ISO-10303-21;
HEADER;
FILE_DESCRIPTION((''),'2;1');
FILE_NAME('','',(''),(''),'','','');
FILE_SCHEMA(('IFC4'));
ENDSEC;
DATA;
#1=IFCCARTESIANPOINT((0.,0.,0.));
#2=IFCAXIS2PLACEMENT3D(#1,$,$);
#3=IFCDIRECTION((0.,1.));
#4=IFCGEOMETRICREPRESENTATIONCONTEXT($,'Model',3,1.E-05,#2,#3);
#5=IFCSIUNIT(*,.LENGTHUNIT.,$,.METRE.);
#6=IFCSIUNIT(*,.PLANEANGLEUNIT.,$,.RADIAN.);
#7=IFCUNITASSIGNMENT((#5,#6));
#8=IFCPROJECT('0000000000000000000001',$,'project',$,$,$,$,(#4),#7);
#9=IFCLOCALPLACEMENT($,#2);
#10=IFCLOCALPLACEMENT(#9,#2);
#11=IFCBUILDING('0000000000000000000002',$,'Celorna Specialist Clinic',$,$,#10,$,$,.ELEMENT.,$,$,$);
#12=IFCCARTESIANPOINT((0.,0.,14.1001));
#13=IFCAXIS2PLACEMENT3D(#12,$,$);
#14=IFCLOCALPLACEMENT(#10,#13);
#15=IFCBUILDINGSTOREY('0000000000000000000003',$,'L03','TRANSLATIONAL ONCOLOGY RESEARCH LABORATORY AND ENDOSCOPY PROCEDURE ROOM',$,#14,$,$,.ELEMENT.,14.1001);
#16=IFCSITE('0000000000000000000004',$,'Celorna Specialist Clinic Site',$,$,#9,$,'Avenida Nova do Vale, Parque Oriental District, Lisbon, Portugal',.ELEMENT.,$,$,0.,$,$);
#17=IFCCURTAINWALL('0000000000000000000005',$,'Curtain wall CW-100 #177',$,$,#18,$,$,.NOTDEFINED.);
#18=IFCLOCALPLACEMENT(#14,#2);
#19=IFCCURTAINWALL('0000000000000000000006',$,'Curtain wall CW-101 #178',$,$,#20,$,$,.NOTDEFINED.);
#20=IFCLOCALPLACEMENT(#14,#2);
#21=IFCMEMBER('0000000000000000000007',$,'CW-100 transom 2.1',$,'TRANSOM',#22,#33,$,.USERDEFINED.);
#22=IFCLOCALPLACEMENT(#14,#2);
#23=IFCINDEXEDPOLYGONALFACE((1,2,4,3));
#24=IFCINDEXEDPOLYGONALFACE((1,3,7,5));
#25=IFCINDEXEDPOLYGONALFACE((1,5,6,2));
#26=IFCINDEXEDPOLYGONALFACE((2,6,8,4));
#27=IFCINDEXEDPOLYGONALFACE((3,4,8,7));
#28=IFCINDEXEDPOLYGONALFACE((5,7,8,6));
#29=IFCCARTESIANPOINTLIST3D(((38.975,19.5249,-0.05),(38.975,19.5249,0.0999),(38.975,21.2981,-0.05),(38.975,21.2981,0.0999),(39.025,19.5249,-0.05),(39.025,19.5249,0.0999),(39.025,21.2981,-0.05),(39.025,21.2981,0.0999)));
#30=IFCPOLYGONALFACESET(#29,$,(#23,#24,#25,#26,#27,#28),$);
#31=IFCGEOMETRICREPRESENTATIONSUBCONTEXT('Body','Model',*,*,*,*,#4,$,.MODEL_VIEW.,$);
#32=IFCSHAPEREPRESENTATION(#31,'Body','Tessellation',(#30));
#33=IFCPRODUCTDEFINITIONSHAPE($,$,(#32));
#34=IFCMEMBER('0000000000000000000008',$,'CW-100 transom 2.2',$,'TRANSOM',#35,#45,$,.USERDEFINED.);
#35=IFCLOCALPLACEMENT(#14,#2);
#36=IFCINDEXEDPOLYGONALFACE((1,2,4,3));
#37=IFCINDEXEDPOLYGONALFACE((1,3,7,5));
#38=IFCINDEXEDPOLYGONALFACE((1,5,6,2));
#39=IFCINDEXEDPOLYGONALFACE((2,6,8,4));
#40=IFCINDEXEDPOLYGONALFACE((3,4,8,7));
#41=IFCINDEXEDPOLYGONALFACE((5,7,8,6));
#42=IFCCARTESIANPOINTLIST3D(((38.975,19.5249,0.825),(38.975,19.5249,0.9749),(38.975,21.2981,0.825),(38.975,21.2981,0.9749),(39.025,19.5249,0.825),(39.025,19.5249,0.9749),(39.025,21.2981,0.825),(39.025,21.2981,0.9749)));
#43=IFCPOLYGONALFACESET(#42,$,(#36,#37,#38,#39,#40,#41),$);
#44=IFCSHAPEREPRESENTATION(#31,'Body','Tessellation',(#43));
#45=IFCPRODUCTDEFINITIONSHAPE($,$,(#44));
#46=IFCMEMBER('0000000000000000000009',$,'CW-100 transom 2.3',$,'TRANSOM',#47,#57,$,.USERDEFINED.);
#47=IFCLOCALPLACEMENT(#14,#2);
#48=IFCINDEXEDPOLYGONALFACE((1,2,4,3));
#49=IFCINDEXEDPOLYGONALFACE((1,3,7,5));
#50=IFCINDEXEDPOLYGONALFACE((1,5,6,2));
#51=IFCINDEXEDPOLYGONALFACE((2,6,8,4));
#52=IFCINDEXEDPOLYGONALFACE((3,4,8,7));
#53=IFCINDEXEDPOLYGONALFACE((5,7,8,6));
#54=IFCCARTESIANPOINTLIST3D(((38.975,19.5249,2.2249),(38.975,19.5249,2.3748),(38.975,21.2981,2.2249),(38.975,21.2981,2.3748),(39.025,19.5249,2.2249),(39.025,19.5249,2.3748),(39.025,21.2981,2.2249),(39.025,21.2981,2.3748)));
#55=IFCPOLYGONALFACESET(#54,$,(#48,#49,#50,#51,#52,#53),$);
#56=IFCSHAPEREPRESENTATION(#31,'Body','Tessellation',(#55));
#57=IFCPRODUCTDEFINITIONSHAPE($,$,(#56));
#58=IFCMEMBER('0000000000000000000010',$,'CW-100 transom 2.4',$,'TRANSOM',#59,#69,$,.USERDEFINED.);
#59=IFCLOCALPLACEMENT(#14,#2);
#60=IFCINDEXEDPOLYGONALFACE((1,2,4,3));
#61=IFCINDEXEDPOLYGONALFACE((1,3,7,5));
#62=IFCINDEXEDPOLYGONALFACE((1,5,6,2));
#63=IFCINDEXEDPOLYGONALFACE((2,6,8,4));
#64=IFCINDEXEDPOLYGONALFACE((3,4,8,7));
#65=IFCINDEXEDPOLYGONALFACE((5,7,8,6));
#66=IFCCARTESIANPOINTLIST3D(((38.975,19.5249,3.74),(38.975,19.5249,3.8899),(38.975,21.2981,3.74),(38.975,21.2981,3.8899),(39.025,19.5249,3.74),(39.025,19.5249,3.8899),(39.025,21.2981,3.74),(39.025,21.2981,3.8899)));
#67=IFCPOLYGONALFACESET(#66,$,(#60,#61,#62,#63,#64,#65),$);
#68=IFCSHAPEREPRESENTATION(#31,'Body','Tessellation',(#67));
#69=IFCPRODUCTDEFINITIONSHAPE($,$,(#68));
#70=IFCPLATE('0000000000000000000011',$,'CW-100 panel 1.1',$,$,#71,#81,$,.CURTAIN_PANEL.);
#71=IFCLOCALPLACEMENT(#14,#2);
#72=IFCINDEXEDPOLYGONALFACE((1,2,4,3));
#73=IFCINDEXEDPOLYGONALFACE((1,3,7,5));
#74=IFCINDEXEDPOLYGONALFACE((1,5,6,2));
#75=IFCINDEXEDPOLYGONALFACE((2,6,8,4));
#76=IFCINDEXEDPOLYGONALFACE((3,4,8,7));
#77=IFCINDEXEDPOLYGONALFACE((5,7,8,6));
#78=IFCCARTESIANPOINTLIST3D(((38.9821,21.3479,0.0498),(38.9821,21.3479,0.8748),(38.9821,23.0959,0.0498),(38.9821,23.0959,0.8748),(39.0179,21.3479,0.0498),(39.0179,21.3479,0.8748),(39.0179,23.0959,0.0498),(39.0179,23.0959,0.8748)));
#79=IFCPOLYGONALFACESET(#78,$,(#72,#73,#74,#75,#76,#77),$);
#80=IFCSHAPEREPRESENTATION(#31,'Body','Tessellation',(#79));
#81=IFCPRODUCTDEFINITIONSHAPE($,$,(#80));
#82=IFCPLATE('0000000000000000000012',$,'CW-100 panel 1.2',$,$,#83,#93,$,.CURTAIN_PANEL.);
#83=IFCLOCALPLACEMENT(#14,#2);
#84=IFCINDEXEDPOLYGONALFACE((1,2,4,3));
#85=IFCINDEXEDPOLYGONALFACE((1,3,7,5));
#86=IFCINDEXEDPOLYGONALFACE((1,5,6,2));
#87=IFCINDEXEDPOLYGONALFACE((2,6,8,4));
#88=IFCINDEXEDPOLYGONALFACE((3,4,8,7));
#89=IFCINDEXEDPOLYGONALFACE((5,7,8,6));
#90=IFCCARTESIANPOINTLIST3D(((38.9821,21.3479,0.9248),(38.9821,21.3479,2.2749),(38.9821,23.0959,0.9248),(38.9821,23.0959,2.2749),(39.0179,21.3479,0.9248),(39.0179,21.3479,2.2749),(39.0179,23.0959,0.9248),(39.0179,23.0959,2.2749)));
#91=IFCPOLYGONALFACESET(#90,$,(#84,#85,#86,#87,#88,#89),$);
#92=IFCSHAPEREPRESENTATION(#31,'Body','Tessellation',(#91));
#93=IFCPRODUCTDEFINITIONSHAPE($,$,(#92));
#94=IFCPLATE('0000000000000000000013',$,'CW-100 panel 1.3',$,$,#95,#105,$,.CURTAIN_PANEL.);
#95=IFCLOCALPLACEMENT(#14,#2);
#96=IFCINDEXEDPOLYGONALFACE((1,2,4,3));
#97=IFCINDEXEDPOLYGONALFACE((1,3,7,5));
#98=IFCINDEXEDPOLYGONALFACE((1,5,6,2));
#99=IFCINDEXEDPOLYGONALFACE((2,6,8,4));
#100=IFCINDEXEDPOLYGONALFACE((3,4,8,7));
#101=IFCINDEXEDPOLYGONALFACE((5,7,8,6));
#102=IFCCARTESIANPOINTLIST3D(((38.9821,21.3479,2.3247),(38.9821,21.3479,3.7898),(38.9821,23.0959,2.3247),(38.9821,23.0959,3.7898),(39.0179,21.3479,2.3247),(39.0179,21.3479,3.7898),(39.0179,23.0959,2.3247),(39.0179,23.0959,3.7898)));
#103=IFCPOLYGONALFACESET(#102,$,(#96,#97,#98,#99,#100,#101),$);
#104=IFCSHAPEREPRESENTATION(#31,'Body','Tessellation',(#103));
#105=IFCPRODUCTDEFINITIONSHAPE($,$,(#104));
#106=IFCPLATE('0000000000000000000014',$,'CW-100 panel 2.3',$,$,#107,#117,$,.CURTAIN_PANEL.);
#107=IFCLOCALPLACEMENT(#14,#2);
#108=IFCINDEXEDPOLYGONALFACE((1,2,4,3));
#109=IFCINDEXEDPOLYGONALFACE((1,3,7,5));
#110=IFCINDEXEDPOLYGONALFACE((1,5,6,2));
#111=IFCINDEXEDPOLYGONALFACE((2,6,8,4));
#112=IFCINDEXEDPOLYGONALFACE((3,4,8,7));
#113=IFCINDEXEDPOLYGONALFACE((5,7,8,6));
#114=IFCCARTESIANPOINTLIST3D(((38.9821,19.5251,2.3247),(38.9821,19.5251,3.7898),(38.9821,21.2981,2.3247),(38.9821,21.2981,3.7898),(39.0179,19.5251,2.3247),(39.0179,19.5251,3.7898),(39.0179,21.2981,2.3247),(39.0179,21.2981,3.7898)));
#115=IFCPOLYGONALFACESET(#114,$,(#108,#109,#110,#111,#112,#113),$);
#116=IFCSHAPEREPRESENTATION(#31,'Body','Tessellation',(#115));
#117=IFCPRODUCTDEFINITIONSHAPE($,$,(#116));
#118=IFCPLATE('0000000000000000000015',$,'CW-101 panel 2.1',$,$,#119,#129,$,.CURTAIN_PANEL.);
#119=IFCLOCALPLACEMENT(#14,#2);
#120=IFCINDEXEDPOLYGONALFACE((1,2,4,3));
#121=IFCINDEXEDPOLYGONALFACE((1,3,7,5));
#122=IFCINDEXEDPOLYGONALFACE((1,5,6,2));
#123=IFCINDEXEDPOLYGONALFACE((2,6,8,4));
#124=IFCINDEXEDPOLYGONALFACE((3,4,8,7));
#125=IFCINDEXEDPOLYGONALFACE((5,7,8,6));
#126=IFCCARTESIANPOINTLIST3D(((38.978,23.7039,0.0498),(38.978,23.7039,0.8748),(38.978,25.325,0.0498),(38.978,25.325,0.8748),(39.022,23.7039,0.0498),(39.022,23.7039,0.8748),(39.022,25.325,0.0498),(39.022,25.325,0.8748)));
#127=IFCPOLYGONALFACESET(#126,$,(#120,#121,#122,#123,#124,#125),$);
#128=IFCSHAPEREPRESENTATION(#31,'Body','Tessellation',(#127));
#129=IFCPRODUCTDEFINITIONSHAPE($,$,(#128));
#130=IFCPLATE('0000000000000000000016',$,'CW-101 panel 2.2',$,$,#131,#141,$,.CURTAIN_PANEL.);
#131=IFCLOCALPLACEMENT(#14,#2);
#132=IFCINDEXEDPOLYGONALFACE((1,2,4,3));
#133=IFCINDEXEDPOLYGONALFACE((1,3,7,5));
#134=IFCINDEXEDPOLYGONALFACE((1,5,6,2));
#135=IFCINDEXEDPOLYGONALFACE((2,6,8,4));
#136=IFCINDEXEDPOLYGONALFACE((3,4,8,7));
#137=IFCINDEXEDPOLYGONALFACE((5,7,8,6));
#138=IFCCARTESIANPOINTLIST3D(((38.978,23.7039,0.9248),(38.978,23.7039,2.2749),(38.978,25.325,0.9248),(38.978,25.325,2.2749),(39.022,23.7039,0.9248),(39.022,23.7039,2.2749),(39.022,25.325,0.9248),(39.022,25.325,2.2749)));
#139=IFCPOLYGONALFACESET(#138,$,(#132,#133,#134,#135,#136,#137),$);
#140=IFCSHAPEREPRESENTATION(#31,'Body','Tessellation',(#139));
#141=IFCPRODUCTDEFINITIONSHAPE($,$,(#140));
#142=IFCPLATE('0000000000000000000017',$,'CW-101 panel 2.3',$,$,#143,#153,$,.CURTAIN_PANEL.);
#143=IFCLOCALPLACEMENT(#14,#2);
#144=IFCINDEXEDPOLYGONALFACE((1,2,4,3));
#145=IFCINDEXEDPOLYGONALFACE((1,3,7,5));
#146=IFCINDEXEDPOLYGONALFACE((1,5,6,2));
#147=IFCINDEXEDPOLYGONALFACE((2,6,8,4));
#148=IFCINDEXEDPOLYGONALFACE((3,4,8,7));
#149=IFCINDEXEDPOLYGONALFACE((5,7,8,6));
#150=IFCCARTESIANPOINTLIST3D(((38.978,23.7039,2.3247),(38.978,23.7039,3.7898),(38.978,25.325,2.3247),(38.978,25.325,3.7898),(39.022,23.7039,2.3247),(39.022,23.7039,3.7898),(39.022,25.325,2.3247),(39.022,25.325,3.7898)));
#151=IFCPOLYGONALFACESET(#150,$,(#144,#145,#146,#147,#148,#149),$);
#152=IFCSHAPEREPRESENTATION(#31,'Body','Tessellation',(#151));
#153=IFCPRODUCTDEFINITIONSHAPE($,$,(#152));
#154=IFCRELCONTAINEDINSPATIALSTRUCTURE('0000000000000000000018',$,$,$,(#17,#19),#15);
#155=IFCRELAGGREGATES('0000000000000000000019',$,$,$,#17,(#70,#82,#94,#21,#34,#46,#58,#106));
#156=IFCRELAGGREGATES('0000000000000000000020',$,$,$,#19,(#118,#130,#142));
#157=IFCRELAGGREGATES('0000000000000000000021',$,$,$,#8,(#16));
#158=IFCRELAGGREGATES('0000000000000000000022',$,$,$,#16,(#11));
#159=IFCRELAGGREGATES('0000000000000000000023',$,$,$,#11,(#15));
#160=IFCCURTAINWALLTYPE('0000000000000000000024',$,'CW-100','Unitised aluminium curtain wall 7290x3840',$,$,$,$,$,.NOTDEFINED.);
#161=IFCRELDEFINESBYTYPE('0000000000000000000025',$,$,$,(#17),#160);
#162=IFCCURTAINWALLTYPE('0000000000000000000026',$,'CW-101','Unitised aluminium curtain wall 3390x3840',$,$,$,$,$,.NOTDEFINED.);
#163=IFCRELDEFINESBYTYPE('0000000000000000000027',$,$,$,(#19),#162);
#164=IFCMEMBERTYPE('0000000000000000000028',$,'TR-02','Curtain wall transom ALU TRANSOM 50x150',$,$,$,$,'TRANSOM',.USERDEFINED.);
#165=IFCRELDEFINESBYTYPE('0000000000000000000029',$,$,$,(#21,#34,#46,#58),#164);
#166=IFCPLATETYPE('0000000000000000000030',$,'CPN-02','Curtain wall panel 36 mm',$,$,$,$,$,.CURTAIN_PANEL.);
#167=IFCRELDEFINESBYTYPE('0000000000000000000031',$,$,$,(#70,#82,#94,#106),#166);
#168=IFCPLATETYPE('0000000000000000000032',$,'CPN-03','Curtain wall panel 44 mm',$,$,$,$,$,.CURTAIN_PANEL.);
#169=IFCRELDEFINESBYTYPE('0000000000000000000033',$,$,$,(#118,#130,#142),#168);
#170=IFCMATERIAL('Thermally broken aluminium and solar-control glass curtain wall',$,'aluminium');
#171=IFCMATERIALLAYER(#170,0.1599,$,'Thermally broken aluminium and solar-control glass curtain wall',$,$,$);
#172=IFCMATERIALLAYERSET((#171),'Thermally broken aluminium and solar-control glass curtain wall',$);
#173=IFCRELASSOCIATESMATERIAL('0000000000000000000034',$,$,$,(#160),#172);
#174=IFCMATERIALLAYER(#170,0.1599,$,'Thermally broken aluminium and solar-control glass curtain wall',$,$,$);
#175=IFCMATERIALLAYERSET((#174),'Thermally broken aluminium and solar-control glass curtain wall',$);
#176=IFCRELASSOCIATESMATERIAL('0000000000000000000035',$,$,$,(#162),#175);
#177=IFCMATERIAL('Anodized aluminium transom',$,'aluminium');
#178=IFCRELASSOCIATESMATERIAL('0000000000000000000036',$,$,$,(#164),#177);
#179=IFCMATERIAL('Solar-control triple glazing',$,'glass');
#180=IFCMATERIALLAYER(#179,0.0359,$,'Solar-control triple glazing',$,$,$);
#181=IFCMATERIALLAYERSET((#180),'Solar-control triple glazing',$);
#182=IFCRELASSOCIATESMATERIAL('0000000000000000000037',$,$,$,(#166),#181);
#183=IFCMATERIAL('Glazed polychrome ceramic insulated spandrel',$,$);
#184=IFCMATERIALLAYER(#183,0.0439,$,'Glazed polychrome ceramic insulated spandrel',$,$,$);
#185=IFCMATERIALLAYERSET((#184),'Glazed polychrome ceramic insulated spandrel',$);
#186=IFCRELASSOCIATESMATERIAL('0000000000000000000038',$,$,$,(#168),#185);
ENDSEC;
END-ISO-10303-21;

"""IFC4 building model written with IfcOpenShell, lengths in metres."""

from ifc_helpers import new_model, si_unit, direction, frame, origin, origin_2d, place, context, subcontext, project, spatial, rectangle, extrude, material, layer, layer_set, material_profile, profile_set, type_object, element, aggregate, save


model = new_model("IFC4")

# Units and contexts
model_context = context("Model", 3, precision=1e-05, world=origin(), true_north=direction((0.0, 1.0)))
body_context = subcontext(model_context, "Body", "Model", "MODEL_VIEW")
ifc_project = project(units=[si_unit("LENGTHUNIT", "METRE"), si_unit("PLANEANGLEUNIT", "RADIAN")], contexts=[model_context])

# Site, building, storey
site_placement = place(None, origin())
site = spatial("IfcSite", under=ifc_project, at=site_placement, Name="Celorna Specialist Clinic Site", LongName="Avenida Nova do Vale, Parque Oriental District, Lisbon, Portugal", CompositionType="ELEMENT", RefElevation=0.0)
building_placement = place(site_placement, origin())
building = spatial("IfcBuilding", under=site, at=building_placement, Name="Celorna Specialist Clinic", CompositionType="ELEMENT")
storey_placement = place(building_placement, frame((0.0, 0.0, 14.1001)))
storey = spatial("IfcBuildingStorey", under=building, at=storey_placement, Name="L03", Description="TRANSLATIONAL ONCOLOGY RESEARCH LABORATORY AND ENDOSCOPY PROCEDURE ROOM", CompositionType="ELEMENT", Elevation=14.1001)

# Curtain walls
ifc_material_1 = material(Name="Thermally broken aluminium and solar-control glass curtain wall", Category="aluminium")
ifc_layer_1 = layer(ifc_material_1, 0.1599, Name="Thermally broken aluminium and solar-control glass curtain wall")
ifc_layer_set_1 = layer_set([ifc_layer_1], Name="Thermally broken aluminium and solar-control glass curtain wall")
curtain_wall_type_1 = type_object("IfcCurtainWallType", Name="CW-100", Description="Unitised aluminium curtain wall 7290x3840", PredefinedType="NOTDEFINED", material=ifc_layer_set_1)
curtain_wall_1_placement = place(storey_placement, origin())
curtain_wall_1 = element("IfcCurtainWall", 1, at=curtain_wall_1_placement, inside=storey, type_object=curtain_wall_type_1, Name="Curtain wall CW-100 #177", PredefinedType="NOTDEFINED")
ifc_layer_2 = layer(ifc_material_1, 0.1599, Name="Thermally broken aluminium and solar-control glass curtain wall")
ifc_layer_set_2 = layer_set([ifc_layer_2], Name="Thermally broken aluminium and solar-control glass curtain wall")
curtain_wall_type_2 = type_object("IfcCurtainWallType", Name="CW-101", Description="Unitised aluminium curtain wall 3390x3840", PredefinedType="NOTDEFINED", material=ifc_layer_set_2)
curtain_wall_2_placement = place(storey_placement, origin())
curtain_wall_2 = element("IfcCurtainWall", 2, at=curtain_wall_2_placement, inside=storey, type_object=curtain_wall_type_2, Name="Curtain wall CW-101 #178", PredefinedType="NOTDEFINED")
ifc_material_2 = material(Name="Anodized aluminium transom", Category="aluminium")

# Members
ifc_material_profile_1 = material_profile(ifc_material_2, rectangle(XDim=0.05, YDim=0.1499, at=origin_2d()), Name="ALU TRANSOM 50x150")
ifc_profile_set_1 = profile_set([ifc_material_profile_1], Name="Anodized aluminium transom")
member_type_1 = type_object("IfcMemberType", Name="TR-02", Description="Curtain wall transom ALU TRANSOM 50x150", ElementType="TRANSOM", PredefinedType="USERDEFINED", material=ifc_profile_set_1)
member_1_placement = place(storey_placement, frame((39.0, 21.2981, 0.0249), z_axis=(0.0, -1.0, 0.0), x_axis=(1.0, 0.0, 0.0)))
member_1 = element("IfcMember", 3, at=member_1_placement, type_object=member_type_1, Name="CW-100 transom 2.1", ObjectType="TRANSOM", PredefinedType="USERDEFINED", context=body_context, shape_type="SweptSolid", body=[
    extrude(rectangle(XDim=0.05, YDim=0.1499, at=origin_2d()), origin(), (0.0, 0.0, 1.0), 1.7732),
])
member_2_placement = place(storey_placement, frame((39.0, 21.2981, 0.8999), z_axis=(0.0, -1.0, 0.0), x_axis=(1.0, 0.0, 0.0)))
member_2 = element("IfcMember", 4, at=member_2_placement, type_object=member_type_1, Name="CW-100 transom 2.2", ObjectType="TRANSOM", PredefinedType="USERDEFINED", context=body_context, shape_type="SweptSolid", body=[
    extrude(rectangle(XDim=0.05, YDim=0.1499, at=origin_2d()), origin(), (0.0, 0.0, 1.0), 1.7732),
])
member_3_placement = place(storey_placement, frame((39.0, 21.2981, 2.2998), z_axis=(0.0, -1.0, 0.0), x_axis=(1.0, 0.0, 0.0)))
member_3 = element("IfcMember", 5, at=member_3_placement, type_object=member_type_1, Name="CW-100 transom 2.3", ObjectType="TRANSOM", PredefinedType="USERDEFINED", context=body_context, shape_type="SweptSolid", body=[
    extrude(rectangle(XDim=0.05, YDim=0.1499, at=origin_2d()), origin(), (0.0, 0.0, 1.0), 1.7732),
])
member_4_placement = place(storey_placement, frame((39.0, 21.2981, 3.8149), z_axis=(0.0, -1.0, 0.0), x_axis=(1.0, 0.0, 0.0)))
member_4 = element("IfcMember", 6, at=member_4_placement, type_object=member_type_1, Name="CW-100 transom 2.4", ObjectType="TRANSOM", PredefinedType="USERDEFINED", context=body_context, shape_type="SweptSolid", body=[
    extrude(rectangle(XDim=0.05, YDim=0.1499, at=origin_2d()), origin(), (0.0, 0.0, 1.0), 1.7732),
])

# Plates
ifc_material_3 = material(Name="Solar-control triple glazing", Category="glass")
ifc_layer_3 = layer(ifc_material_3, 0.0359, Name="Solar-control triple glazing")
ifc_layer_set_3 = layer_set([ifc_layer_3], Name="Solar-control triple glazing")
plate_type_1 = type_object("IfcPlateType", Name="CPN-02", Description="Curtain wall panel 36 mm", PredefinedType="CURTAIN_PANEL", material=ifc_layer_set_3)
plate_1_placement = place(storey_placement, frame((39.0, 22.2219, 0.0498), z_axis=(0.0, 0.0, 1.0), x_axis=(0.0, -1.0, 0.0)))
plate_1 = element("IfcPlate", 7, at=plate_1_placement, type_object=plate_type_1, Name="CW-100 panel 1.1", PredefinedType="CURTAIN_PANEL", context=body_context, shape_type="SweptSolid", body=[
    extrude(rectangle(XDim=1.748, YDim=0.0359, at=origin_2d()), origin(), (0.0, 0.0, 1.0), 0.825),
])
plate_2_placement = place(storey_placement, frame((39.0, 22.2219, 0.9248), z_axis=(0.0, 0.0, 1.0), x_axis=(0.0, -1.0, 0.0)))
plate_2 = element("IfcPlate", 8, at=plate_2_placement, type_object=plate_type_1, Name="CW-100 panel 1.2", PredefinedType="CURTAIN_PANEL", context=body_context, shape_type="SweptSolid", body=[
    extrude(rectangle(XDim=1.748, YDim=0.0359, at=origin_2d()), origin(), (0.0, 0.0, 1.0), 1.3501),
])
plate_3_placement = place(storey_placement, frame((39.0, 22.2219, 2.3247), z_axis=(0.0, 0.0, 1.0), x_axis=(0.0, -1.0, 0.0)))
plate_3 = element("IfcPlate", 9, at=plate_3_placement, type_object=plate_type_1, Name="CW-100 panel 1.3", PredefinedType="CURTAIN_PANEL", context=body_context, shape_type="SweptSolid", body=[
    extrude(rectangle(XDim=1.748, YDim=0.0359, at=origin_2d()), origin(), (0.0, 0.0, 1.0), 1.4651),
])
plate_4_placement = place(storey_placement, frame((39.0, 20.4116, 2.3247), z_axis=(0.0, 0.0, 1.0), x_axis=(0.0, -1.0, 0.0)))
plate_4 = element("IfcPlate", 10, at=plate_4_placement, type_object=plate_type_1, Name="CW-100 panel 2.3", PredefinedType="CURTAIN_PANEL", context=body_context, shape_type="SweptSolid", body=[
    extrude(rectangle(XDim=1.7729, YDim=0.0359, at=origin_2d()), origin(), (0.0, 0.0, 1.0), 1.4651),
])
aggregate(curtain_wall_1, [plate_1, plate_2, plate_3, member_1, member_2, member_3, member_4, plate_4])
ifc_material_4 = material(Name="Glazed polychrome ceramic insulated spandrel")
ifc_layer_4 = layer(ifc_material_4, 0.0439, Name="Glazed polychrome ceramic insulated spandrel")
ifc_layer_set_4 = layer_set([ifc_layer_4], Name="Glazed polychrome ceramic insulated spandrel")
plate_type_2 = type_object("IfcPlateType", Name="CPN-03", Description="Curtain wall panel 44 mm", PredefinedType="CURTAIN_PANEL", material=ifc_layer_set_4)
plate_5_placement = place(storey_placement, frame((39.0, 24.5144, 0.0498), z_axis=(0.0, 0.0, 1.0), x_axis=(0.0, -1.0, 0.0)))
plate_5 = element("IfcPlate", 11, at=plate_5_placement, type_object=plate_type_2, Name="CW-101 panel 2.1", PredefinedType="CURTAIN_PANEL", context=body_context, shape_type="SweptSolid", body=[
    extrude(rectangle(XDim=1.6211, YDim=0.0439, at=origin_2d()), origin(), (0.0, 0.0, 1.0), 0.825),
])
plate_6_placement = place(storey_placement, frame((39.0, 24.5144, 0.9248), z_axis=(0.0, 0.0, 1.0), x_axis=(0.0, -1.0, 0.0)))
plate_6 = element("IfcPlate", 12, at=plate_6_placement, type_object=plate_type_2, Name="CW-101 panel 2.2", PredefinedType="CURTAIN_PANEL", context=body_context, shape_type="SweptSolid", body=[
    extrude(rectangle(XDim=1.6211, YDim=0.0439, at=origin_2d()), origin(), (0.0, 0.0, 1.0), 1.3501),
])
plate_7_placement = place(storey_placement, frame((39.0, 24.5144, 2.3247), z_axis=(0.0, 0.0, 1.0), x_axis=(0.0, -1.0, 0.0)))
plate_7 = element("IfcPlate", 13, at=plate_7_placement, type_object=plate_type_2, Name="CW-101 panel 2.3", PredefinedType="CURTAIN_PANEL", context=body_context, shape_type="SweptSolid", body=[
    extrude(rectangle(XDim=1.6211, YDim=0.0439, at=origin_2d()), origin(), (0.0, 0.0, 1.0), 1.4651),
])
aggregate(curtain_wall_2, [plate_5, plate_6, plate_7])

save(model, "model.ifc")
